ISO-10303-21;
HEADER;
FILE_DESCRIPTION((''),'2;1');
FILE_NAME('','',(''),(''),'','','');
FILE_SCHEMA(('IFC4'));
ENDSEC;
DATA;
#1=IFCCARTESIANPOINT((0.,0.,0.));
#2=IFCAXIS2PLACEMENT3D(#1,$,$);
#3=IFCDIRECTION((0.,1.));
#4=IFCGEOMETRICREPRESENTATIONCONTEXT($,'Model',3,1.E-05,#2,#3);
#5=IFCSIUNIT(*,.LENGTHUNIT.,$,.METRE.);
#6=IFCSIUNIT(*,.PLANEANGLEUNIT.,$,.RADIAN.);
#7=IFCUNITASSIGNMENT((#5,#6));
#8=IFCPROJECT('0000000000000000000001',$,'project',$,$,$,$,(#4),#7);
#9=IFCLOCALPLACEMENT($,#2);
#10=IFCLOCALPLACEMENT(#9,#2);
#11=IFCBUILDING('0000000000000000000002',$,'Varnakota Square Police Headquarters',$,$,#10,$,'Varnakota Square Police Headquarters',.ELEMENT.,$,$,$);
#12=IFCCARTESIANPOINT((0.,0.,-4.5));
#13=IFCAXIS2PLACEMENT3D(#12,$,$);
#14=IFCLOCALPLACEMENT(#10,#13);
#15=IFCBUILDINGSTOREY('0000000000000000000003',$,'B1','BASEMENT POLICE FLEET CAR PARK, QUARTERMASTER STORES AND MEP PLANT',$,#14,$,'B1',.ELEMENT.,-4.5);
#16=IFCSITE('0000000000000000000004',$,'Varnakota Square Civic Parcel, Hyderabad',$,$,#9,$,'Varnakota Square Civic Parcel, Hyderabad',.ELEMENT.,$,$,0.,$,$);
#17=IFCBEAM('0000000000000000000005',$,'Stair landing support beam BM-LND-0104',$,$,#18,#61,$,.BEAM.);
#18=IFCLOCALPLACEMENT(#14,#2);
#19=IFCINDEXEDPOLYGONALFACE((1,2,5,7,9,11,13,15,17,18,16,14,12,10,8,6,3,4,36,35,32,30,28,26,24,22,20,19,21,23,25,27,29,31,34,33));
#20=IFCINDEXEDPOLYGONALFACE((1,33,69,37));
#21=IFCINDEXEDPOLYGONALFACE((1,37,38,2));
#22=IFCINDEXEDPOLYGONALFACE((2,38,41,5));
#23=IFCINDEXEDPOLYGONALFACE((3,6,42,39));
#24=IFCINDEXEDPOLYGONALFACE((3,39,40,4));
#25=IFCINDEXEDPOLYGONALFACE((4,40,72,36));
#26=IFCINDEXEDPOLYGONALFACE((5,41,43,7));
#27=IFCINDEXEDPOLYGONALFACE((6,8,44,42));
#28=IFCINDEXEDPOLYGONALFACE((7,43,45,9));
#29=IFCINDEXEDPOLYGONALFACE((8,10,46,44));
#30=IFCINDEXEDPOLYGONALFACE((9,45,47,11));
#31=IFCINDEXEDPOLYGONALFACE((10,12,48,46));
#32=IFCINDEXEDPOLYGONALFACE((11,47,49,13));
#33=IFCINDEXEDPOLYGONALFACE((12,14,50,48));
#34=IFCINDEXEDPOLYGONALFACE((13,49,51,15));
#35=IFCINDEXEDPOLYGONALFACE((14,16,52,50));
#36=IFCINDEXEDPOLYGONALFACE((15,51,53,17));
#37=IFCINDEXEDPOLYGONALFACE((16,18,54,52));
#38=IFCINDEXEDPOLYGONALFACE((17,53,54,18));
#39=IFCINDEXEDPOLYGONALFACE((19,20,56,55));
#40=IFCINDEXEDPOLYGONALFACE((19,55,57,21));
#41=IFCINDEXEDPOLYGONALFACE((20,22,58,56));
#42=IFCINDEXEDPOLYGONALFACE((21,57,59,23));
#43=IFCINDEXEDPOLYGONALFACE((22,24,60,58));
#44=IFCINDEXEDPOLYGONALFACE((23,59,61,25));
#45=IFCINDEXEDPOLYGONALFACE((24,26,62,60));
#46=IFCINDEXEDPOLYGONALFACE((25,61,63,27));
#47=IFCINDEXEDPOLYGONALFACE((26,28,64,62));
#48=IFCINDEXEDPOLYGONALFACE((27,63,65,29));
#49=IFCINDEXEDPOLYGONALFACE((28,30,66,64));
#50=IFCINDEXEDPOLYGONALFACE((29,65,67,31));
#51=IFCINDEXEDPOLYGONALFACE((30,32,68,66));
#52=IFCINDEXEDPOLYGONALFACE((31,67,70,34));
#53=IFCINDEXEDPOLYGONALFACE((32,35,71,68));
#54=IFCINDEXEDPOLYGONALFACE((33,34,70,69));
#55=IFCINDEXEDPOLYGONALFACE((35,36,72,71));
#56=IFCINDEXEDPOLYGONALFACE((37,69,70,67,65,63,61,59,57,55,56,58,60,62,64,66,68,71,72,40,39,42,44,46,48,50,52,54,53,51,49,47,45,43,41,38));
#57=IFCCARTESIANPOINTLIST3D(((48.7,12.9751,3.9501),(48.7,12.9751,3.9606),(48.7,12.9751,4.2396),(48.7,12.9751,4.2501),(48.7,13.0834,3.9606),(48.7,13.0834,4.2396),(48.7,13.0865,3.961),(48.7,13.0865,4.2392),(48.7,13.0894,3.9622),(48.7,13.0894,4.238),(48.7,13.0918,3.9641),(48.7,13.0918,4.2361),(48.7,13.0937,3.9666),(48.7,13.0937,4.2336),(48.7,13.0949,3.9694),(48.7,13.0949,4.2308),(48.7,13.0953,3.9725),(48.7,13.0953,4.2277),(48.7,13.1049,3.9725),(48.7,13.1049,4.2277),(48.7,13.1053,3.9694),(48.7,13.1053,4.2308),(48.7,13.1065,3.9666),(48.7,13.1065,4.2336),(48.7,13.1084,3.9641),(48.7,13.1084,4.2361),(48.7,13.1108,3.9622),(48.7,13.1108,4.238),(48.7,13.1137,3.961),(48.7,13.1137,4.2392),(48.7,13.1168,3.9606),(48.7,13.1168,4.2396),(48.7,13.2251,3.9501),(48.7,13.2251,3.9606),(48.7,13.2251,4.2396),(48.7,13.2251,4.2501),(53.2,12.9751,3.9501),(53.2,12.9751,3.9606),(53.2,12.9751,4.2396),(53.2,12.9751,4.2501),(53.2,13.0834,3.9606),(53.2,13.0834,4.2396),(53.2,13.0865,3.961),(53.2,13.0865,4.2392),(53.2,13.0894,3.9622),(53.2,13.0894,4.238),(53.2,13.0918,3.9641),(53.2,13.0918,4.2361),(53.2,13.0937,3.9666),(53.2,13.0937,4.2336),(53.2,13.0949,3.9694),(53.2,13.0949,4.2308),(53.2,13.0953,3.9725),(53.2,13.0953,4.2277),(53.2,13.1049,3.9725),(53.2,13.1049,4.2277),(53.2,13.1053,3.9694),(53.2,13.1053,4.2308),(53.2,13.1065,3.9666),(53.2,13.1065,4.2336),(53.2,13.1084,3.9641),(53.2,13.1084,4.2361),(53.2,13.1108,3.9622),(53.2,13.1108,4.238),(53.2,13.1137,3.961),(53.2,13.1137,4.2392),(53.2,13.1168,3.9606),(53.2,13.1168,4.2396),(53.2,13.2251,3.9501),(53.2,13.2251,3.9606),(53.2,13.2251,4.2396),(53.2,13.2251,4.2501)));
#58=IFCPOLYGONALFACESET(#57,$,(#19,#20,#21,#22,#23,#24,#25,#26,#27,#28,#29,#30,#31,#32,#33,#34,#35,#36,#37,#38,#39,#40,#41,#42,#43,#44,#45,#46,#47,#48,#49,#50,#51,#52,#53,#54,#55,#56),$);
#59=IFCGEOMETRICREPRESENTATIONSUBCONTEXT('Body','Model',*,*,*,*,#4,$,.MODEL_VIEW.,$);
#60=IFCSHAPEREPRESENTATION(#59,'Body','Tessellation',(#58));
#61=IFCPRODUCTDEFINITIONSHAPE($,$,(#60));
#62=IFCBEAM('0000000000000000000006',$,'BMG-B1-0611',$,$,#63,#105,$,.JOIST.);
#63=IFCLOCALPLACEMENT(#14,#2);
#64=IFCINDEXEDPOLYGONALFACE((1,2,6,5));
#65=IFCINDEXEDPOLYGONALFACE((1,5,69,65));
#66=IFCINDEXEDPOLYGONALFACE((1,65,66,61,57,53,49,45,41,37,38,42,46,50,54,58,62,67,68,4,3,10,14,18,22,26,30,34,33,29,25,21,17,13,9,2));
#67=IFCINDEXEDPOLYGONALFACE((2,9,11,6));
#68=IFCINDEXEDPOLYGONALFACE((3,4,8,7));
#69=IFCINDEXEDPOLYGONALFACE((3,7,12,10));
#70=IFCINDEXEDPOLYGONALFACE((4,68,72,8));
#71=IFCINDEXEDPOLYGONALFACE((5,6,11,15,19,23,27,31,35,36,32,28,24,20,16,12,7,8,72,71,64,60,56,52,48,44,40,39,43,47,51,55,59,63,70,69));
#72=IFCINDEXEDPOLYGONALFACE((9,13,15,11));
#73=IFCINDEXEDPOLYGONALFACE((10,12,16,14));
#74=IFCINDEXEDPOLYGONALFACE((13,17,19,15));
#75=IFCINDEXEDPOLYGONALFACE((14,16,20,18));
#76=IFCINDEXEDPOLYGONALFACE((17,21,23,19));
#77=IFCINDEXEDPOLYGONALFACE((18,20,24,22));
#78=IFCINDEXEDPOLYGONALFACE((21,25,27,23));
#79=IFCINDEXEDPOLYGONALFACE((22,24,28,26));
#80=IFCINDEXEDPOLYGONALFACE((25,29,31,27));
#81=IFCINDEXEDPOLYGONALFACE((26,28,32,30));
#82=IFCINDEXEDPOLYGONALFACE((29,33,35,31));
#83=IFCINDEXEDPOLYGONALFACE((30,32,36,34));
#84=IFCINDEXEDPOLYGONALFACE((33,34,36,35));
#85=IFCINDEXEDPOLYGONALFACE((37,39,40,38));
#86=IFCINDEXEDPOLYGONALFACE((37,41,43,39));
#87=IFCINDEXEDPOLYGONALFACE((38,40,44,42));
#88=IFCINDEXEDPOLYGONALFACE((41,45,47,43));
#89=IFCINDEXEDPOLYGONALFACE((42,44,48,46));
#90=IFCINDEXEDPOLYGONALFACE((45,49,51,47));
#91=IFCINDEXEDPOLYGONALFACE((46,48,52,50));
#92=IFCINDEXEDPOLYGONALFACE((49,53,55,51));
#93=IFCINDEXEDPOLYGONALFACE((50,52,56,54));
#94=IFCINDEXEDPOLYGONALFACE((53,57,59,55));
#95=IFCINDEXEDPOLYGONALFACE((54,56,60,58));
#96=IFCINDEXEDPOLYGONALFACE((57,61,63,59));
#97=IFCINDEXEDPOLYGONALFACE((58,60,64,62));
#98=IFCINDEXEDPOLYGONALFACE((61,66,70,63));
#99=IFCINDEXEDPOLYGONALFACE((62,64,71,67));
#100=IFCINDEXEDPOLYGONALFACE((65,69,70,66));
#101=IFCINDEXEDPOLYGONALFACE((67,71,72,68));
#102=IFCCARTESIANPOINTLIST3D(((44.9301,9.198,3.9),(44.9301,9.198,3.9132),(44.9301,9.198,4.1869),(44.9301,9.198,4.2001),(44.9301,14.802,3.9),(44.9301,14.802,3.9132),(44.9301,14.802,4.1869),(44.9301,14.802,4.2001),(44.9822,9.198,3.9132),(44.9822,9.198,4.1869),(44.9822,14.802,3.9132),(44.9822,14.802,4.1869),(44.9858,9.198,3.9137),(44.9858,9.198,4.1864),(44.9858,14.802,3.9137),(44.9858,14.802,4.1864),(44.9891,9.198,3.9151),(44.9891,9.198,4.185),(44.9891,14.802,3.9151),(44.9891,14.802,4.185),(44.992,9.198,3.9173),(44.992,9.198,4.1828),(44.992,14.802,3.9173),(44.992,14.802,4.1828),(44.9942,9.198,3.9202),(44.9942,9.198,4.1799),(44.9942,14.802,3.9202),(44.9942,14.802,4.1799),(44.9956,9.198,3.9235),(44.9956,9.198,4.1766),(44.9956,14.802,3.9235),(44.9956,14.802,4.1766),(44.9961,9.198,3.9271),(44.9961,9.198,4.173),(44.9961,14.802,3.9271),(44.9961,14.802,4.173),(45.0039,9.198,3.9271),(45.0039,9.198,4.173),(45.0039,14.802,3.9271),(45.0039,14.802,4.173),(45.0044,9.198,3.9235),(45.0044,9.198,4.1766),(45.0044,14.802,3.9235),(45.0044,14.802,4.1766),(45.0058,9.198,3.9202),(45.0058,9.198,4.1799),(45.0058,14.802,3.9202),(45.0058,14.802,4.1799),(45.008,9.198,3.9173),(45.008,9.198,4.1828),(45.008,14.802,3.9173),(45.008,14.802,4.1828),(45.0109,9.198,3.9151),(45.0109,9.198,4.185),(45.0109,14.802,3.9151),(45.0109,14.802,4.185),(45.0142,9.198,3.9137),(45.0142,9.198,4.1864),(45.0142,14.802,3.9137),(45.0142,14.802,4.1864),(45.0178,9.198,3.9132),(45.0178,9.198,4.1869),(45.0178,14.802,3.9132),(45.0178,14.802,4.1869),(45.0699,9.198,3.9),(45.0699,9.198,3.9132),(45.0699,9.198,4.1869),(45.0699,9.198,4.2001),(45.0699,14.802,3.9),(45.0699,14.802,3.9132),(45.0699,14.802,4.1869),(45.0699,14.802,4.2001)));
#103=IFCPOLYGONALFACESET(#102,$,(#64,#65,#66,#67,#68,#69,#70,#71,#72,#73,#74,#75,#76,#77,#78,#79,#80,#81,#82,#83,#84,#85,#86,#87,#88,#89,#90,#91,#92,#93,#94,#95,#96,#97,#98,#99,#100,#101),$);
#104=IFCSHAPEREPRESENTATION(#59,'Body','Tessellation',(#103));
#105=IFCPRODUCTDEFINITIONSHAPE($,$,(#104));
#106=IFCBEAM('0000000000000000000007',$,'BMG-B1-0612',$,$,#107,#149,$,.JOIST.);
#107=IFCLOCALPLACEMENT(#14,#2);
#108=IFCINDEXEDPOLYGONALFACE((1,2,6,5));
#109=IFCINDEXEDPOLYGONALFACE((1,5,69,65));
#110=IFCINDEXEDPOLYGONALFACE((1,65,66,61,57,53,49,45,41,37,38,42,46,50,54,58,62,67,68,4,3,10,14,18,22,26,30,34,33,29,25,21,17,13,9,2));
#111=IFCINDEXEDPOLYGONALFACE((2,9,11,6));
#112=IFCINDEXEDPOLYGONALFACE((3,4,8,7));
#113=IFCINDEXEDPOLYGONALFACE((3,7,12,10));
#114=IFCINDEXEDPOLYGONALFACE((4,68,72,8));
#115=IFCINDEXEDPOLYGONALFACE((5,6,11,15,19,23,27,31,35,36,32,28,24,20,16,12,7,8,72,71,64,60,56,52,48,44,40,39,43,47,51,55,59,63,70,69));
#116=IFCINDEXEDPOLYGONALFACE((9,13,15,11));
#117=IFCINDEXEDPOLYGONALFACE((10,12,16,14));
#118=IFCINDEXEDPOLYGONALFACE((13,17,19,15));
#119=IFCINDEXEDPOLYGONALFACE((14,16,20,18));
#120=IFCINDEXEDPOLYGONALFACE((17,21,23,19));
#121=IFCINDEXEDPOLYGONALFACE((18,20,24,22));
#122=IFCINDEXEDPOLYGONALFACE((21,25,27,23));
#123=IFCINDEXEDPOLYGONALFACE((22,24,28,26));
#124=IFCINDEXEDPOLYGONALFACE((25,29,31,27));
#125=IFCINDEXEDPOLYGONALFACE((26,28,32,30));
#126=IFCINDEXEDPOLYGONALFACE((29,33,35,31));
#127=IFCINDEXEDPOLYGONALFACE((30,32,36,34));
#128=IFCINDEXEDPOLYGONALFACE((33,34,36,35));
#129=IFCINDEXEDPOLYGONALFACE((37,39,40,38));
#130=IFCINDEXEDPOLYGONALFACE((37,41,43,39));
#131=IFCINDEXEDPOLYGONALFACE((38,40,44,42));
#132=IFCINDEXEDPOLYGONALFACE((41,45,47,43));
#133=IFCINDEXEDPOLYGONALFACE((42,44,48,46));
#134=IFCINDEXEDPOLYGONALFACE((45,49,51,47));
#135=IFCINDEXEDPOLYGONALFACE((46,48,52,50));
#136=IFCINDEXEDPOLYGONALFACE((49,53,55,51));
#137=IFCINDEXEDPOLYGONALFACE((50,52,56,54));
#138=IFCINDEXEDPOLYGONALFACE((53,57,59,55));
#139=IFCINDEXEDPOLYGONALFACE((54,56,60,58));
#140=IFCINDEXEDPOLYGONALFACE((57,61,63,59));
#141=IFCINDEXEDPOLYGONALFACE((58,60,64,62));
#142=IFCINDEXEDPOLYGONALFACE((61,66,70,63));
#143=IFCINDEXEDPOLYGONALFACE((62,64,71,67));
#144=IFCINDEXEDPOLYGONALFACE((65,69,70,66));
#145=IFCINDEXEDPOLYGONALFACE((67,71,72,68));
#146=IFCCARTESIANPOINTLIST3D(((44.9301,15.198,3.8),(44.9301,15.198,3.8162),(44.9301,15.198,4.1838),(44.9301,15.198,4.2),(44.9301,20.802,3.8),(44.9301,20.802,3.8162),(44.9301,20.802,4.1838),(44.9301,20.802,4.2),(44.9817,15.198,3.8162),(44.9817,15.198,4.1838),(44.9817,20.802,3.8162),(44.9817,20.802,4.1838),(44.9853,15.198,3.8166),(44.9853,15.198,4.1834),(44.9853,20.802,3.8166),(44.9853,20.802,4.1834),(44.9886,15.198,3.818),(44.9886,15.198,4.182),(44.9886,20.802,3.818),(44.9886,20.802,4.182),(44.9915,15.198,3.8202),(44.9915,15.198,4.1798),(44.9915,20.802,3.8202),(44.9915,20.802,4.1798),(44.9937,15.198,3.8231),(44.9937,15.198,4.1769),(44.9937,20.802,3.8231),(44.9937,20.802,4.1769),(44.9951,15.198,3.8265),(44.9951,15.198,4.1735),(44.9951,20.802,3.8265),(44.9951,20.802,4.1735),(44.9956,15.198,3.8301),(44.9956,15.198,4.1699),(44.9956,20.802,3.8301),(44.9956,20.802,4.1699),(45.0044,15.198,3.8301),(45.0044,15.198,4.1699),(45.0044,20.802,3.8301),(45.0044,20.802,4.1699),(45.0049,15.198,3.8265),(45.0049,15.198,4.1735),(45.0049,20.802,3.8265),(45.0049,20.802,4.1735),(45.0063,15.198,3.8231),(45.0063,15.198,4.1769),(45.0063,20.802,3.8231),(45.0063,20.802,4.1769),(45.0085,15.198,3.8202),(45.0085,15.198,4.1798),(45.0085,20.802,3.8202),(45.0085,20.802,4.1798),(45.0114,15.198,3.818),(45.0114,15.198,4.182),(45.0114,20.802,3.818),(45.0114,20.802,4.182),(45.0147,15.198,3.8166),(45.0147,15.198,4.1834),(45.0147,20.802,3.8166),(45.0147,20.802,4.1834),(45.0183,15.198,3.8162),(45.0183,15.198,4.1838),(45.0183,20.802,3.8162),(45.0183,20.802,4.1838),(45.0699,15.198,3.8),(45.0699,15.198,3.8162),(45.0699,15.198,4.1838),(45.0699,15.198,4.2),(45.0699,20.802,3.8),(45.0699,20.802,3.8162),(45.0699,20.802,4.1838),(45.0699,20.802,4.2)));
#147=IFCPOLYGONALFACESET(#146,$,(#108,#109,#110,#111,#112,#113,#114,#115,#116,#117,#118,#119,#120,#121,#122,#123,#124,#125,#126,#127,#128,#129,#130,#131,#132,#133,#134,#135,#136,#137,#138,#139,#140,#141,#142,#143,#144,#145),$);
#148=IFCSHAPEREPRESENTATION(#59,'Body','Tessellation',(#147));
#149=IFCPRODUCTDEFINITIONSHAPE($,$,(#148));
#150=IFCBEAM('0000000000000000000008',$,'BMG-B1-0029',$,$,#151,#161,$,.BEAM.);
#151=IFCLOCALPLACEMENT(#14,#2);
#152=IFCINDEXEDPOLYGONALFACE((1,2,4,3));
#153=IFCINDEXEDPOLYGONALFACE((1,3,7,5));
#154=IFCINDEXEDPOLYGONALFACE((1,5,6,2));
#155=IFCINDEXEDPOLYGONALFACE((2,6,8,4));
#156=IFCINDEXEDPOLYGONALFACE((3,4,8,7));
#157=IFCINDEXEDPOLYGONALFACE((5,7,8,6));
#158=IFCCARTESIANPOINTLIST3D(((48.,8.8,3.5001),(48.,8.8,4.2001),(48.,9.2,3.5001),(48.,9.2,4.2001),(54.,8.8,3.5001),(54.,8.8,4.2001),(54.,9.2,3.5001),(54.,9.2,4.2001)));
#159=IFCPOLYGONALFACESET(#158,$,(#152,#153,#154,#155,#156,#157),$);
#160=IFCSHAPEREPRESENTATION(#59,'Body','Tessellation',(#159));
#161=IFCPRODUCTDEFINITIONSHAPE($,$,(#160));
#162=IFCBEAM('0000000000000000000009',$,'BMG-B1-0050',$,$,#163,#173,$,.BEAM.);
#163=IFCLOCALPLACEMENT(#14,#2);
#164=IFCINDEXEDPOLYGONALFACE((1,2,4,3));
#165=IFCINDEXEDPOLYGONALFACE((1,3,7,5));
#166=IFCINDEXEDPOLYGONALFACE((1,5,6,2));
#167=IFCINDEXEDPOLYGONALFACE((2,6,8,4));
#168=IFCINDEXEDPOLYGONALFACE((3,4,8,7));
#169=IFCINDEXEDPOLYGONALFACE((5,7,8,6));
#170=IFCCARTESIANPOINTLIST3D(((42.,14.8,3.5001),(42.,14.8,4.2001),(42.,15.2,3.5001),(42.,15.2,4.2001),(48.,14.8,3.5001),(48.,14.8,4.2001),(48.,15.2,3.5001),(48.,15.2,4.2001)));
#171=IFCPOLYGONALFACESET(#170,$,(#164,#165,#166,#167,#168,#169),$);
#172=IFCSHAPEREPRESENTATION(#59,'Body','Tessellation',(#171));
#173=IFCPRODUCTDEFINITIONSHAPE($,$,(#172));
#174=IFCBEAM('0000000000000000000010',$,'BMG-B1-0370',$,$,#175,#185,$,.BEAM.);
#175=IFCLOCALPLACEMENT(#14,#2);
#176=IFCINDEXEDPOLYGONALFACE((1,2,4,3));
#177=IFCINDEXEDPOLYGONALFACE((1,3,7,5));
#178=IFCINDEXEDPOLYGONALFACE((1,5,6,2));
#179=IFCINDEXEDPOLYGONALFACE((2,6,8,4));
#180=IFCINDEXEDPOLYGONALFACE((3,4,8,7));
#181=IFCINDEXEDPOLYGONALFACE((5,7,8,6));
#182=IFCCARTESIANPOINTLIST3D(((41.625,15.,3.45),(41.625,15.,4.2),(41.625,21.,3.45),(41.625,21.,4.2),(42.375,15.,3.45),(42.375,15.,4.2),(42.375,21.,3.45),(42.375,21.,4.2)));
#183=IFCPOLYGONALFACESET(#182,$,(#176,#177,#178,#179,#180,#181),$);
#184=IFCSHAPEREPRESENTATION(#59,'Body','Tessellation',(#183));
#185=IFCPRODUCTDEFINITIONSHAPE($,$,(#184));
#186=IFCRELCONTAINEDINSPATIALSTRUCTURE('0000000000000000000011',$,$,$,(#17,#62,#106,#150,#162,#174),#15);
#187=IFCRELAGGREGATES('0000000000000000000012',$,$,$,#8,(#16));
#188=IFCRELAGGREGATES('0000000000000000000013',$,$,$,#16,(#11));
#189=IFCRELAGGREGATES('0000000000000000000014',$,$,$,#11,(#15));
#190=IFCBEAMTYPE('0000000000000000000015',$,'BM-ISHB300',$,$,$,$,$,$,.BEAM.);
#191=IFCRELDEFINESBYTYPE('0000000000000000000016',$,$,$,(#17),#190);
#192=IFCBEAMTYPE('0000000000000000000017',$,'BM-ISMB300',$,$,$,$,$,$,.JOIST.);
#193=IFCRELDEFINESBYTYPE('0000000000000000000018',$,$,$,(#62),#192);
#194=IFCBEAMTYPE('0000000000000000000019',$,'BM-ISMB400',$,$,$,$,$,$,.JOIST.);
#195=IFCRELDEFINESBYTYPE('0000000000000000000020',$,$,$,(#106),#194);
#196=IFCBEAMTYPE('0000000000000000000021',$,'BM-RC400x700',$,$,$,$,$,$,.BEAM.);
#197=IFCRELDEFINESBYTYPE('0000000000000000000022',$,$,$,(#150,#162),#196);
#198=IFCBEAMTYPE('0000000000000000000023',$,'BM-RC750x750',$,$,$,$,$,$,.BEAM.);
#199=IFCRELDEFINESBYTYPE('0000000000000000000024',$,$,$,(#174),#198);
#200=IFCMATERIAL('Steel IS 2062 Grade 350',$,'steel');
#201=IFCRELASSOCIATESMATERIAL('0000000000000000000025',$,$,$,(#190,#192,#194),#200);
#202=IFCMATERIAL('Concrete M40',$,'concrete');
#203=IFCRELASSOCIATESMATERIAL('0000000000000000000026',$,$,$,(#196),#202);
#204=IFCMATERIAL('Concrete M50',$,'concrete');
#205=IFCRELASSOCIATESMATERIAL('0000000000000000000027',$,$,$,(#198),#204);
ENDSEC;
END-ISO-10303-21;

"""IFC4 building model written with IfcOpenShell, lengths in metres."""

from ifc_helpers import new_model, si_unit, direction, frame, origin, origin_2d, place, context, subcontext, project, spatial, rectangle, i_section, extrude, material, material_profile, profile_set, type_object, element, save


model = new_model("IFC4")

# Units and contexts
model_context = context("Model", 3, precision=1e-05, world=origin(), true_north=direction((0.0, 1.0)))
body_context = subcontext(model_context, "Body", "Model", "MODEL_VIEW")
ifc_project = project(units=[si_unit("LENGTHUNIT", "METRE"), si_unit("PLANEANGLEUNIT", "RADIAN")], contexts=[model_context])

# Site, building, storey
site_placement = place(None, origin())
site = spatial("IfcSite", under=ifc_project, at=site_placement, Name="Varnakota Square Civic Parcel, Hyderabad", LongName="Varnakota Square Civic Parcel, Hyderabad", CompositionType="ELEMENT", RefElevation=0.0)
building_placement = place(site_placement, origin())
building = spatial("IfcBuilding", under=site, at=building_placement, Name="Varnakota Square Police Headquarters", LongName="Varnakota Square Police Headquarters", CompositionType="ELEMENT")
storey_placement = place(building_placement, frame((0.0, 0.0, -4.5)))
storey = spatial("IfcBuildingStorey", under=building, at=storey_placement, Name="B1", Description="BASEMENT POLICE FLEET CAR PARK, QUARTERMASTER STORES AND MEP PLANT", LongName="B1", CompositionType="ELEMENT", Elevation=-4.5)

# Shared definitions
ifc_material_1 = material(Name="Concrete M40", Category="concrete")

# Beams
ifc_material_2 = material(Name="Steel IS 2062 Grade 350", Category="steel")
ifc_material_profile_1 = material_profile(ifc_material_2, i_section(OverallWidth=0.25, OverallDepth=0.3, WebThickness=0.0095, FlangeThickness=0.0105, FilletRadius=0.012, at=origin_2d()), Name="ISHB 300")
ifc_profile_set_1 = profile_set([ifc_material_profile_1], Name="Steel IS 2062 Grade 350")
beam_type_1 = type_object("IfcBeamType", Name="BM-ISHB300", PredefinedType="BEAM", material=ifc_profile_set_1)
beam_1_placement = place(storey_placement, frame((48.7, 13.1001, 4.1001), z_axis=(1.0, 0.0, 0.0), x_axis=(0.0, 1.0, 0.0)))
element("IfcBeam", 1, at=beam_1_placement, inside=storey, type_object=beam_type_1, Name="Stair landing support beam BM-LND-0104", PredefinedType="BEAM", context=body_context, shape_type="SweptSolid", body=[
    extrude(i_section(OverallWidth=0.25, OverallDepth=0.3, WebThickness=0.0095, FlangeThickness=0.0105, FilletRadius=0.012, at=origin_2d()), origin(), (0.0, 0.0, 1.0), 4.5),
])
ifc_material_profile_2 = material_profile(ifc_material_2, i_section(OverallWidth=0.1399, OverallDepth=0.3, WebThickness=0.0078, FlangeThickness=0.0132, FilletRadius=0.0139, at=origin_2d()), Name="ISMB 300")
ifc_profile_set_2 = profile_set([ifc_material_profile_2], Name="Steel IS 2062 Grade 350")
beam_type_2 = type_object("IfcBeamType", Name="BM-ISMB300", PredefinedType="JOIST", material=ifc_profile_set_2)
beam_2_placement = place(storey_placement, frame((45.0, 9.198, 4.05), z_axis=(0.0, 1.0, 0.0), x_axis=(-1.0, 0.0, 0.0)))
element("IfcBeam", 2, at=beam_2_placement, inside=storey, type_object=beam_type_2, Name="BMG-B1-0611", PredefinedType="JOIST", context=body_context, shape_type="SweptSolid", body=[
    extrude(i_section(OverallWidth=0.1399, OverallDepth=0.3, WebThickness=0.0078, FlangeThickness=0.0132, FilletRadius=0.0139, at=origin_2d()), origin(), (0.0, 0.0, 1.0), 5.604),
])
ifc_material_profile_3 = material_profile(ifc_material_2, i_section(OverallWidth=0.1399, OverallDepth=0.3999, WebThickness=0.0088, FlangeThickness=0.0161, FilletRadius=0.0139, at=origin_2d()), Name="ISMB 400")
ifc_profile_set_3 = profile_set([ifc_material_profile_3], Name="Steel IS 2062 Grade 350")
beam_type_3 = type_object("IfcBeamType", Name="BM-ISMB400", PredefinedType="JOIST", material=ifc_profile_set_3)
beam_3_placement = place(storey_placement, frame((45.0, 15.198, 4.0), z_axis=(0.0, 1.0, 0.0), x_axis=(-1.0, 0.0, 0.0)))
element("IfcBeam", 3, at=beam_3_placement, inside=storey, type_object=beam_type_3, Name="BMG-B1-0612", PredefinedType="JOIST", context=body_context, shape_type="SweptSolid", body=[
    extrude(i_section(OverallWidth=0.1399, OverallDepth=0.3999, WebThickness=0.0088, FlangeThickness=0.0161, FilletRadius=0.0139, at=origin_2d()), origin(), (0.0, 0.0, 1.0), 5.604),
])
ifc_material_profile_4 = material_profile(ifc_material_1, rectangle(XDim=0.3999, YDim=0.7, at=origin_2d()), Name="RC 400x700")
ifc_profile_set_4 = profile_set([ifc_material_profile_4], Name="Concrete M40")
beam_type_4 = type_object("IfcBeamType", Name="BM-RC400x700", PredefinedType="BEAM", material=ifc_profile_set_4)
for number, where, z_axis, x_axis, name in (
    (4, (48.0, 9.0, 3.8501), (1.0, 0.0, 0.0), (0.0, 1.0, 0.0), "BMG-B1-0029"),
    (5, (42.0, 15.0, 3.8501), (1.0, 0.0, 0.0), (0.0, 1.0, 0.0), "BMG-B1-0050"),
):
    element("IfcBeam", number, at=place(storey_placement, frame(where, z_axis=z_axis, x_axis=x_axis)), inside=storey, type_object=beam_type_4, Name=name, PredefinedType="BEAM", context=body_context, shape_type="SweptSolid", body=[
        extrude(rectangle(XDim=0.3999, YDim=0.7, at=origin_2d()), origin(), (0.0, 0.0, 1.0), 6.0),
    ])
ifc_material_3 = material(Name="Concrete M50", Category="concrete")
ifc_material_profile_5 = material_profile(ifc_material_3, rectangle(XDim=0.75, YDim=0.75, at=origin_2d()), Name="RC 750x750")
ifc_profile_set_5 = profile_set([ifc_material_profile_5], Name="Concrete M50")
beam_type_5 = type_object("IfcBeamType", Name="BM-RC750x750", PredefinedType="BEAM", material=ifc_profile_set_5)
for number, where, z_axis, x_axis, name in (
    (6, (42.0, 15.0, 3.825), (0.0, 1.0, 0.0), (-1.0, 0.0, 0.0), "BMG-B1-0370"),
):
    element("IfcBeam", number, at=place(storey_placement, frame(where, z_axis=z_axis, x_axis=x_axis)), inside=storey, type_object=beam_type_5, Name=name, PredefinedType="BEAM", context=body_context, shape_type="SweptSolid", body=[
        extrude(rectangle(XDim=0.75, YDim=0.75, at=origin_2d()), origin(), (0.0, 0.0, 1.0), 6.0),
    ])

save(model, "model.ifc")
